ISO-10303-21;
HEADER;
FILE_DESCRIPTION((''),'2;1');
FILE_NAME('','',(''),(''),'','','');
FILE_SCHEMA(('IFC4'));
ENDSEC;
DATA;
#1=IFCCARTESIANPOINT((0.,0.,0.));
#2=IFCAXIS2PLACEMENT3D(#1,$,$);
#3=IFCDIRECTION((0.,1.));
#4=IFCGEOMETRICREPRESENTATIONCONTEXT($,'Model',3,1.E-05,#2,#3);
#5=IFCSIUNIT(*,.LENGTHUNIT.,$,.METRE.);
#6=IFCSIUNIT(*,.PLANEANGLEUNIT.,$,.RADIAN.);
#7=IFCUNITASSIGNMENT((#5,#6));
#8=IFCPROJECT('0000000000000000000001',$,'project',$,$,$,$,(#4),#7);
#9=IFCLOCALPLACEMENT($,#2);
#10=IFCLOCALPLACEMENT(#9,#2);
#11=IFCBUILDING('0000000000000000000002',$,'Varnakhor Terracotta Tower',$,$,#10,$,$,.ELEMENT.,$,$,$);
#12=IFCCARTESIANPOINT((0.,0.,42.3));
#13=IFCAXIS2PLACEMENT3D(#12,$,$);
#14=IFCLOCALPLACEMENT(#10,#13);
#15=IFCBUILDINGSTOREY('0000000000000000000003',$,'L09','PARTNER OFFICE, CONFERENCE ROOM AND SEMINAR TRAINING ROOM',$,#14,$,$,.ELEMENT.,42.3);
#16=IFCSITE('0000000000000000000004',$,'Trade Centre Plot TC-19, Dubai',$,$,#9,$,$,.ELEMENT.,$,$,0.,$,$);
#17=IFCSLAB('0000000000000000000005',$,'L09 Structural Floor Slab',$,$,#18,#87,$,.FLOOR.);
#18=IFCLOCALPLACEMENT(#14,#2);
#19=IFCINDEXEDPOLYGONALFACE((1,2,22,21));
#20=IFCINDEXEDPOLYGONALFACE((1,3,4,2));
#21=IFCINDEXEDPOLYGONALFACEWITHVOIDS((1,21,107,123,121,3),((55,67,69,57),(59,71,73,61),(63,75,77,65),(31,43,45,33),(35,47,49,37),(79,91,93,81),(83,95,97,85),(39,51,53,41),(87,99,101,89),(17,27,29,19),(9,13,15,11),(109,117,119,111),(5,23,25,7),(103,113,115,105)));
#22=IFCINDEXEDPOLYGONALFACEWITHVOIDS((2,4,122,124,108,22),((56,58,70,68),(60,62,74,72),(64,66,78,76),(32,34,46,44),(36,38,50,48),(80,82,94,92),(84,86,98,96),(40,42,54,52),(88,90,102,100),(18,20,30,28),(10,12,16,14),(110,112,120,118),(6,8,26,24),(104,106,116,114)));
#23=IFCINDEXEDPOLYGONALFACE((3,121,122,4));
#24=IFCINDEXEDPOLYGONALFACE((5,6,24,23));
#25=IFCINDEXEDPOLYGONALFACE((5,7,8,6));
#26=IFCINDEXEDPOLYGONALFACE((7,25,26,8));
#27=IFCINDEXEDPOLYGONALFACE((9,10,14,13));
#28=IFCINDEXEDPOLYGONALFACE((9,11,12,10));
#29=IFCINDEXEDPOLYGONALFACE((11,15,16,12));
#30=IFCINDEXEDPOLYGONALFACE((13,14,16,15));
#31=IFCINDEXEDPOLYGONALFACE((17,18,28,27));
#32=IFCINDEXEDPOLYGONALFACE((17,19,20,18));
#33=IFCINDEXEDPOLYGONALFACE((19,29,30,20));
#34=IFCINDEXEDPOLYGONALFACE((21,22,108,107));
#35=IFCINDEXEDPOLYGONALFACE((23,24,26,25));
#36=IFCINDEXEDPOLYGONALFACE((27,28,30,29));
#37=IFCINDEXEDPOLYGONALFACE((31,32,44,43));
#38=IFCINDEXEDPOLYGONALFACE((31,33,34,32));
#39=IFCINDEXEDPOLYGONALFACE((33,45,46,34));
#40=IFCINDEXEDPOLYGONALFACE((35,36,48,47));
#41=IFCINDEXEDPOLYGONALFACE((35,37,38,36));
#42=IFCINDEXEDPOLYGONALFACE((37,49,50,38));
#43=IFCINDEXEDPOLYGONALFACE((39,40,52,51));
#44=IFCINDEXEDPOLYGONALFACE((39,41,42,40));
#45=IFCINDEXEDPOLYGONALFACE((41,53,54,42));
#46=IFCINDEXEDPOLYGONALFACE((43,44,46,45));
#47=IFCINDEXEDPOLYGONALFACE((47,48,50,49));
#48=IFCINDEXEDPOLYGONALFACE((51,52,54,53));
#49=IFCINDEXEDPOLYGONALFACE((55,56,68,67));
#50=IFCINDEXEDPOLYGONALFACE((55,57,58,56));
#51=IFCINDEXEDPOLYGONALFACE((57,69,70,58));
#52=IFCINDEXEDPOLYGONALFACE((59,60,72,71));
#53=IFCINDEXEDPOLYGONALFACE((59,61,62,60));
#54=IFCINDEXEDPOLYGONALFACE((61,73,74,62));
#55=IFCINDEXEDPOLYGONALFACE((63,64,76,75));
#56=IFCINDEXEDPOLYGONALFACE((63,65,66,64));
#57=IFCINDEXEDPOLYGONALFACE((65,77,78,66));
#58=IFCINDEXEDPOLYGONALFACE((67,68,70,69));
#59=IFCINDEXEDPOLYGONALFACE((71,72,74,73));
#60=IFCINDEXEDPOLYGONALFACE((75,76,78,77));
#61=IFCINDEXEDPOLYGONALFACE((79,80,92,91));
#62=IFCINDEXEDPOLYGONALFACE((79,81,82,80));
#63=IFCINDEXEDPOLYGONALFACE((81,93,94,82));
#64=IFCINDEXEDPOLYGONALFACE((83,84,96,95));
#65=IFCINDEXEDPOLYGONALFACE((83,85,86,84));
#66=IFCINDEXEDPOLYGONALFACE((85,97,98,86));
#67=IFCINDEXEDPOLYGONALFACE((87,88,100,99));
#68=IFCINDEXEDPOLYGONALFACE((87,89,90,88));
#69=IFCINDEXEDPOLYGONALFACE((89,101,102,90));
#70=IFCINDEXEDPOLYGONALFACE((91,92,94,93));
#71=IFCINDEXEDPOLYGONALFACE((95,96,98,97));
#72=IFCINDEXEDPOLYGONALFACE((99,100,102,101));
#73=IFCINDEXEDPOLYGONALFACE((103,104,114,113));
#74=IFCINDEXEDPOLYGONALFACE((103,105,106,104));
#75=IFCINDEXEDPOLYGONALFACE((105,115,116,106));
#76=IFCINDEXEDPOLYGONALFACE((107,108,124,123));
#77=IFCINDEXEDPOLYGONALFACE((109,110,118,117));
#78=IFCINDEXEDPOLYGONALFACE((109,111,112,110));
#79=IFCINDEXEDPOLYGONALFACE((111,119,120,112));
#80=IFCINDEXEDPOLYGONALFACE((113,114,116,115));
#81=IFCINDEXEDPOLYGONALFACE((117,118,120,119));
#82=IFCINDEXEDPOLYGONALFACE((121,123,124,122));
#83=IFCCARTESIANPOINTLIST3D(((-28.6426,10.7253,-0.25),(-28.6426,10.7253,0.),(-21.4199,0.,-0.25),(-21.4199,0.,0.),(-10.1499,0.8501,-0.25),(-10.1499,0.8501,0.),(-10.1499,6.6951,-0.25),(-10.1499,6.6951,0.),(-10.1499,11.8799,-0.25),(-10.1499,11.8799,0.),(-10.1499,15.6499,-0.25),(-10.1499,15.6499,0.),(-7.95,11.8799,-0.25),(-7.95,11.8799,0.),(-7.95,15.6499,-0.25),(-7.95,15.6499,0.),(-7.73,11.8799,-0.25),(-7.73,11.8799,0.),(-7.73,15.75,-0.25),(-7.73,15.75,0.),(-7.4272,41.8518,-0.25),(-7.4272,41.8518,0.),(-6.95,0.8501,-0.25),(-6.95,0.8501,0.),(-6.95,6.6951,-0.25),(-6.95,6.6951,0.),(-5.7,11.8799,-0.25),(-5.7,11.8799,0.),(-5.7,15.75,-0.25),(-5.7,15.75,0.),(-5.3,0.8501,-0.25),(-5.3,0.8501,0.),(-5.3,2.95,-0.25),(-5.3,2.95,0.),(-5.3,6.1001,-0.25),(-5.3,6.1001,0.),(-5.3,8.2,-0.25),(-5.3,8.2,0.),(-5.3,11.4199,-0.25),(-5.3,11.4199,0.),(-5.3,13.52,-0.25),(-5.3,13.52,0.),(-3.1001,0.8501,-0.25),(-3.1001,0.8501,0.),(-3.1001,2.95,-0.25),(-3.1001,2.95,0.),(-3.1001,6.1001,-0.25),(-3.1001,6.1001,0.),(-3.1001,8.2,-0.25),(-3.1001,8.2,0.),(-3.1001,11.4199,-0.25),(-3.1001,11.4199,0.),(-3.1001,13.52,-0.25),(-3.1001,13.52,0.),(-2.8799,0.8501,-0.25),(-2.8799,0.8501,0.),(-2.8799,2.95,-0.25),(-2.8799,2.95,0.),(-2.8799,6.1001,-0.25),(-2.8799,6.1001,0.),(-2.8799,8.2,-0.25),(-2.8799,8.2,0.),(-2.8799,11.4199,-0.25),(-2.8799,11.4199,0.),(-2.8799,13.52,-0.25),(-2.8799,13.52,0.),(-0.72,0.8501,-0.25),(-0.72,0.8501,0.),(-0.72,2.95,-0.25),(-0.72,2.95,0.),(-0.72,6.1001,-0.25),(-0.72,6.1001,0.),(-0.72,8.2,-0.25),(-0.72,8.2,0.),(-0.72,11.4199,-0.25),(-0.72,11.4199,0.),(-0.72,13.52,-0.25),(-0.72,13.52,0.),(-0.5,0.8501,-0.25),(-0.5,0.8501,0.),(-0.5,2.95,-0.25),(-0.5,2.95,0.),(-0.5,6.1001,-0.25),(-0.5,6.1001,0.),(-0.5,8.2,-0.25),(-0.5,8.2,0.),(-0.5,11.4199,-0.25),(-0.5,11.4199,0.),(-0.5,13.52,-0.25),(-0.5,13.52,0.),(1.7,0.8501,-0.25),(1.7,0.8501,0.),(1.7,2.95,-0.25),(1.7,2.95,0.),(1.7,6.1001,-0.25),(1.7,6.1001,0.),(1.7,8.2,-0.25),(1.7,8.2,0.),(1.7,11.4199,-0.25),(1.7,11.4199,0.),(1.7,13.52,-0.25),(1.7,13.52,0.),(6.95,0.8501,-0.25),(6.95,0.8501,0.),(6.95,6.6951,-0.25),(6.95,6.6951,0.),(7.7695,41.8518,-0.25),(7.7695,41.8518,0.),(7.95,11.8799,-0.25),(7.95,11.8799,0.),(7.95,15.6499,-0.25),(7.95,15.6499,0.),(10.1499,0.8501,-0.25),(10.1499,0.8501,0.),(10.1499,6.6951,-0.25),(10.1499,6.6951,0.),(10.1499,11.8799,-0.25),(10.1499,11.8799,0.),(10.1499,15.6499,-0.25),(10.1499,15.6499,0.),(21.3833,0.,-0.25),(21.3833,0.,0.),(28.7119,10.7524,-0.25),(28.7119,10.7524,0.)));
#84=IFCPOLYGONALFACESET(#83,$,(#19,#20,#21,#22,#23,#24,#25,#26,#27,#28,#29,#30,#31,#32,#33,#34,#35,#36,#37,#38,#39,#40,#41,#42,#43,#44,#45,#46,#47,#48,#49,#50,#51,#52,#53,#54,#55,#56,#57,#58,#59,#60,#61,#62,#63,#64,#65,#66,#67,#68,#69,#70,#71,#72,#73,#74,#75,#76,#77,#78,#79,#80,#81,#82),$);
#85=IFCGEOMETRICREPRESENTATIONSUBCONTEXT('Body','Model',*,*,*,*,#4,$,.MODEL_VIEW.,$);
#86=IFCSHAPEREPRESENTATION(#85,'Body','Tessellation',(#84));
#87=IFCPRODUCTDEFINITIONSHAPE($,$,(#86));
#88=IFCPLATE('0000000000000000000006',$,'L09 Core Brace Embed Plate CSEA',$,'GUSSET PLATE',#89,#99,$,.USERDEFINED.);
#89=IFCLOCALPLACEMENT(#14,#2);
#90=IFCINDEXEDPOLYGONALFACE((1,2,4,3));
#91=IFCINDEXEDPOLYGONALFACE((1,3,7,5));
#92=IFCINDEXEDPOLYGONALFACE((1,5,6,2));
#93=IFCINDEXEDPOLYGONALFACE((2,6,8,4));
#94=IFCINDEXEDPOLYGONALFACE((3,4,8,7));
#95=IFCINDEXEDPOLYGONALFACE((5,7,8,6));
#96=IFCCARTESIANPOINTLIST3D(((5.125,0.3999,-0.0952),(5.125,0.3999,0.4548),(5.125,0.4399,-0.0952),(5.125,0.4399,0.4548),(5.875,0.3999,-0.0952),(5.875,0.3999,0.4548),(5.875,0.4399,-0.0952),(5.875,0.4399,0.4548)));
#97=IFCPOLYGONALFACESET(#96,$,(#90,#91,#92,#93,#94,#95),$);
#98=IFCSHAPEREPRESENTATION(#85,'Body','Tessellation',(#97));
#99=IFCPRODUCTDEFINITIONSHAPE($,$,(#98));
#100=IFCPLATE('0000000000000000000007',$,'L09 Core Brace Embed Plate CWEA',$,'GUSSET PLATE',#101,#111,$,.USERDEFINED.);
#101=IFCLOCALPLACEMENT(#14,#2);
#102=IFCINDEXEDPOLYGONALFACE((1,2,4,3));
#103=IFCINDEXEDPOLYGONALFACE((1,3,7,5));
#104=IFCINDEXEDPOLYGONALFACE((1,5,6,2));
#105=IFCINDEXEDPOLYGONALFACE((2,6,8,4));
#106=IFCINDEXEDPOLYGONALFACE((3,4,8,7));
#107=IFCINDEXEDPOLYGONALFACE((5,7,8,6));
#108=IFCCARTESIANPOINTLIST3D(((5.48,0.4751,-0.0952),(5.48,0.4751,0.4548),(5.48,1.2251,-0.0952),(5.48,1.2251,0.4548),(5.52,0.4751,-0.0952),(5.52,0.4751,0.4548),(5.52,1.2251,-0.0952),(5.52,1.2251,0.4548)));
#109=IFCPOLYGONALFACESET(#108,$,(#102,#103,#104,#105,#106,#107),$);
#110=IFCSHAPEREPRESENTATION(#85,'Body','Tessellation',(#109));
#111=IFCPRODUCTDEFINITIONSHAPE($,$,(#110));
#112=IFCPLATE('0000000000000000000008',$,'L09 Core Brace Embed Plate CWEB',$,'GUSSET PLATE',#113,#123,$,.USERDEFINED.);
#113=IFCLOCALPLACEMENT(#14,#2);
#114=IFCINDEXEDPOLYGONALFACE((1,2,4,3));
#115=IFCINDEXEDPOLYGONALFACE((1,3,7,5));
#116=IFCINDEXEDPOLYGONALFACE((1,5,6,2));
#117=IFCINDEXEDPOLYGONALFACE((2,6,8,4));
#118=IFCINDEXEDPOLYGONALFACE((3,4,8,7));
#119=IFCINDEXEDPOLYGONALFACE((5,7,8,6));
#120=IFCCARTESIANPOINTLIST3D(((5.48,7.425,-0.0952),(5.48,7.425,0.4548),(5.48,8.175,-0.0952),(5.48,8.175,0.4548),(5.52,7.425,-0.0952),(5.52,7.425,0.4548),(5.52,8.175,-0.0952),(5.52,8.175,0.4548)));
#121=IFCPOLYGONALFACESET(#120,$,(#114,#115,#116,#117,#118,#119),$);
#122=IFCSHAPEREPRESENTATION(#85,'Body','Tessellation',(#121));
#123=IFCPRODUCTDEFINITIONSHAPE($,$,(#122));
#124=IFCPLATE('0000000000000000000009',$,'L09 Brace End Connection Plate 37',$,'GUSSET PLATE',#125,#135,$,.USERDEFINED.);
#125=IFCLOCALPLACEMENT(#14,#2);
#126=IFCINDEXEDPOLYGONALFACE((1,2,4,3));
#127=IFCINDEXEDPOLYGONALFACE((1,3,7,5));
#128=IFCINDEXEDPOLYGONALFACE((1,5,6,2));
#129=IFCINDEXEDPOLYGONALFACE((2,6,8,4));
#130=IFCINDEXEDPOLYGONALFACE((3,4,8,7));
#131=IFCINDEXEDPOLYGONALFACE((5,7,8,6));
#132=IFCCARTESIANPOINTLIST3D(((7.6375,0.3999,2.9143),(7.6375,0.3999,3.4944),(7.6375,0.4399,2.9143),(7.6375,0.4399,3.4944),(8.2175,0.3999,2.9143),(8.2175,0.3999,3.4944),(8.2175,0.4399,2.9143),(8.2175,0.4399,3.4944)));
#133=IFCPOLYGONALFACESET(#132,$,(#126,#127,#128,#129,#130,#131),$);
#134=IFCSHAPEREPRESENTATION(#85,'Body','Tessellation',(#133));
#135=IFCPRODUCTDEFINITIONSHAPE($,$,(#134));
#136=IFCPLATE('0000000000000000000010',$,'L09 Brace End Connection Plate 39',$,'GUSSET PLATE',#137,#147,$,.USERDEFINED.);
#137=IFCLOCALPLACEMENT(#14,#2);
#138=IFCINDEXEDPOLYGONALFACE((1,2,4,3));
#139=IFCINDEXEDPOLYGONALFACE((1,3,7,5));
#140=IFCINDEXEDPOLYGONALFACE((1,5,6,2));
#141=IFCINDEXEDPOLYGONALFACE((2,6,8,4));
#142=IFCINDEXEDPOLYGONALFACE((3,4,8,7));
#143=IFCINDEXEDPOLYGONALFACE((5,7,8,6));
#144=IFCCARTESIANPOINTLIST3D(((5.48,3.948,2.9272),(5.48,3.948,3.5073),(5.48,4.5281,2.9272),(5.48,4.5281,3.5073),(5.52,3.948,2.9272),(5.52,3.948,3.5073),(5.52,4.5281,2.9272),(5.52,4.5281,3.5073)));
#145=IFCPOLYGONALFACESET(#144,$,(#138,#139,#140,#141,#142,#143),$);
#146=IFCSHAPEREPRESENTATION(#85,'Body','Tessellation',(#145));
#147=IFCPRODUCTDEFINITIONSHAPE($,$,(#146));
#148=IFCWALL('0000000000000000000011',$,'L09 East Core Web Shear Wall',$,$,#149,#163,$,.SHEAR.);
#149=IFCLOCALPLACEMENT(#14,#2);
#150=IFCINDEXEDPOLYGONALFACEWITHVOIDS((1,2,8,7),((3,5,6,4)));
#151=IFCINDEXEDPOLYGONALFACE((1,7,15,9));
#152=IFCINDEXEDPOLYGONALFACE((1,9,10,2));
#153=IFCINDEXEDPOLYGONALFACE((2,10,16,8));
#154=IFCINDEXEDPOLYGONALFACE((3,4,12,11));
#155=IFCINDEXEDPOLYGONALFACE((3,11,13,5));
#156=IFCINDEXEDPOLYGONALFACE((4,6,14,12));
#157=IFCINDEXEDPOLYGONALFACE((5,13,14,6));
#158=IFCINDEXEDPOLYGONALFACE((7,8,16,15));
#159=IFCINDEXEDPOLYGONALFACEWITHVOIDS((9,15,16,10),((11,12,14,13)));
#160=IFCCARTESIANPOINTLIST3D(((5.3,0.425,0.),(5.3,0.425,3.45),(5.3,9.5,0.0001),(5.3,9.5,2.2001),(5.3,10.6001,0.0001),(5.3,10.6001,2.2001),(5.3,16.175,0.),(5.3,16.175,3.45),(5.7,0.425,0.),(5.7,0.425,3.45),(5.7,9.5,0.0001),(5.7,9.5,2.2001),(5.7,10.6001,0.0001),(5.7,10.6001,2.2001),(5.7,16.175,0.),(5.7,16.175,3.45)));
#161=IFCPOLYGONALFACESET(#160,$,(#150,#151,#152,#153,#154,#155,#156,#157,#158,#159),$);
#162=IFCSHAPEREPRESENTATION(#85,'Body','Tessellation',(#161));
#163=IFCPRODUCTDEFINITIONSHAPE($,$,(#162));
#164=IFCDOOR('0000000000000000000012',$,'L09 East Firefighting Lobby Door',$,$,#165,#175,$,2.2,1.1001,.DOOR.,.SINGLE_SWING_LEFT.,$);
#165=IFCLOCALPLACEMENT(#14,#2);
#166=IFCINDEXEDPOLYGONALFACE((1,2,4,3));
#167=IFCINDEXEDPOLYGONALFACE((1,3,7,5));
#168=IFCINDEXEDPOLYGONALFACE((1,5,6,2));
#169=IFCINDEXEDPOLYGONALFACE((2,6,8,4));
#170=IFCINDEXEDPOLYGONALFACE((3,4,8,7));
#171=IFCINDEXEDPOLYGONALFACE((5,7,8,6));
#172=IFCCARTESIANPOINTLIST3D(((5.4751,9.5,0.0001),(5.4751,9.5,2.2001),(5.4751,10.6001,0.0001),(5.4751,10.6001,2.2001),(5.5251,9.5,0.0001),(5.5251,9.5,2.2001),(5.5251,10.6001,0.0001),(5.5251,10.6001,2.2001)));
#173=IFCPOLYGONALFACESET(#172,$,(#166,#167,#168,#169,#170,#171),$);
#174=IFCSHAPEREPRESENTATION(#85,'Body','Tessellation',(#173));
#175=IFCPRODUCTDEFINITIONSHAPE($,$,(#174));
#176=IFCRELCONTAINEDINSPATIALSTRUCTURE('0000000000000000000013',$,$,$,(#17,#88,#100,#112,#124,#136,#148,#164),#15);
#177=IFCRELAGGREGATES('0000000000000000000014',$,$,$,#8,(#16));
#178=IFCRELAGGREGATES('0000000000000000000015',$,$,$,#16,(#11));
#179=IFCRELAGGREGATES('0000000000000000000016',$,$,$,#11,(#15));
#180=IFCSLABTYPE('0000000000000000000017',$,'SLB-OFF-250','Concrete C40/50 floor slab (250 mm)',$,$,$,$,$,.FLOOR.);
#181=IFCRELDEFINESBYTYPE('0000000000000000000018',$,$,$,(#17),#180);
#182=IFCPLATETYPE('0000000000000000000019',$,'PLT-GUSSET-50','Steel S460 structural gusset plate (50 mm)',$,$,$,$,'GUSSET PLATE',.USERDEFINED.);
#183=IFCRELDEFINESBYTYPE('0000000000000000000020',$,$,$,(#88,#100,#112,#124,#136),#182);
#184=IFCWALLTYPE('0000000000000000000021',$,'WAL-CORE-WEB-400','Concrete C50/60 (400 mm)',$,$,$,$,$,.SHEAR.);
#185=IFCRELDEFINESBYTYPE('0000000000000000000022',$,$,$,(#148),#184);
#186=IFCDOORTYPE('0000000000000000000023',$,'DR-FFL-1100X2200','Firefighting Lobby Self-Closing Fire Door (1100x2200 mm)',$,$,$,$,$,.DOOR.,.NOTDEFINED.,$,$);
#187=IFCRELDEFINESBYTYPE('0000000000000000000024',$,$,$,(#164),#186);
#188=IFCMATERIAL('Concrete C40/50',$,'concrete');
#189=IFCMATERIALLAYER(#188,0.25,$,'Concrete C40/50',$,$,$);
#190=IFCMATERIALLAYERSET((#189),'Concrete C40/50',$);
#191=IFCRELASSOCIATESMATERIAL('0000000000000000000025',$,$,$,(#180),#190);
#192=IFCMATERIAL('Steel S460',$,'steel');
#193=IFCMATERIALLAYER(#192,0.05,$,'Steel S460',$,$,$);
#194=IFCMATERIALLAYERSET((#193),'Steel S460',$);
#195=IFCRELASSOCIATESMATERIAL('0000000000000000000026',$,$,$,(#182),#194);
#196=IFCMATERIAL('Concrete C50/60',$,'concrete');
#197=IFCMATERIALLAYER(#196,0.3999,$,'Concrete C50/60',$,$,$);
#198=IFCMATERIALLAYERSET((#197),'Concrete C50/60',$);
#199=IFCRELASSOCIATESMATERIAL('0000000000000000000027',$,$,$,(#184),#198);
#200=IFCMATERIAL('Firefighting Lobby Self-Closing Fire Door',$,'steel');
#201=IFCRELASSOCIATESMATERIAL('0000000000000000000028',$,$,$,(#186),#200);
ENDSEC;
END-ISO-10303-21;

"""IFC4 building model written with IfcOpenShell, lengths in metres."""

from ifc_helpers import new_model, si_unit, direction, frame, frame_2d, origin, origin_2d, place, context, subcontext, project, spatial, polyline, rectangle, outline, extrude, source, transform, mapped, material, layer, layer_set, type_object, type_shapes, element, fill, save


model = new_model("IFC4")

# Units and contexts
model_context = context("Model", 3, precision=1e-05, world=origin(), true_north=direction((0.0, 1.0)))
body_context = subcontext(model_context, "Body", "Model", "MODEL_VIEW")
ifc_project = project(units=[si_unit("LENGTHUNIT", "METRE"), si_unit("PLANEANGLEUNIT", "RADIAN")], contexts=[model_context])

# Site, building, storey
site_placement = place(None, origin())
site = spatial("IfcSite", under=ifc_project, at=site_placement, Name="Trade Centre Plot TC-19, Dubai", CompositionType="ELEMENT", RefElevation=0.0)
building_placement = place(site_placement, origin())
building = spatial("IfcBuilding", under=site, at=building_placement, Name="Varnakhor Terracotta Tower", CompositionType="ELEMENT")
storey_placement = place(building_placement, frame((0.0, 0.0, 42.3)))
storey = spatial("IfcBuildingStorey", under=building, at=storey_placement, Name="L09", Description="PARTNER OFFICE, CONFERENCE ROOM AND SEMINAR TRAINING ROOM", CompositionType="ELEMENT", Elevation=42.3)

# Shared definitions
ifc_material_1 = material(Name="Concrete C50/60", Category="concrete")

# Shared definitions
ifc_material_2 = material(Name="Steel S460", Category="steel")

# Shared definitions
ifc_material_3 = material(Name="Concrete C40/50", Category="concrete")

# Slab
ifc_layer_1 = layer(ifc_material_3, 0.25, Name="Concrete C40/50")
ifc_layer_set_1 = layer_set([ifc_layer_1], Name="Concrete C40/50")
slab_type_1 = type_object("IfcSlabType", Name="SLB-OFF-250", Description="Concrete C40/50 floor slab (250 mm)", PredefinedType="FLOOR", material=ifc_layer_set_1)
slab_1_placement = place(storey_placement, frame((0.0, 0.0, -0.25)))
element("IfcSlab", 1, at=slab_1_placement, inside=storey, type_object=slab_type_1, Name="L09 Structural Floor Slab", PredefinedType="FLOOR", context=body_context, shape_type="SweptSolid", body=[
    extrude(outline(polyline([(-28.6426, 10.7253), (-7.4272, 41.8518), (7.7695, 41.8518), (28.7119, 10.7524), (21.3833, 0.0), (-21.4199, 0.0), (-28.6426, 10.7253)]), holes=[polyline([(-3.1001, 0.8501), (-3.1001, 2.95), (-5.3, 2.95), (-5.3, 0.8501), (-3.1001, 0.8501)]), polyline([(-2.8799, 0.8501), (-0.72, 0.8501), (-0.72, 2.95), (-2.8799, 2.95), (-2.8799, 0.8501)]), polyline([(-10.1499, 0.8501), (-6.95, 0.8501), (-6.95, 6.6951), (-10.1499, 6.6951), (-10.1499, 0.8501)]), polyline([(-5.3, 6.1001), (-3.1001, 6.1001), (-3.1001, 8.2), (-5.3, 8.2), (-5.3, 6.1001)]), polyline([(-5.3, 11.4199), (-3.1001, 11.4199), (-3.1001, 13.52), (-5.3, 13.52), (-5.3, 11.4199)]), polyline([(-10.1499, 11.8799), (-7.95, 11.8799), (-7.95, 15.6499), (-10.1499, 15.6499), (-10.1499, 11.8799)]), polyline([(-7.73, 11.8799), (-5.7, 11.8799), (-5.7, 15.75), (-7.73, 15.75), (-7.73, 11.8799)]), polyline([(1.7, 0.8501), (1.7, 2.95), (-0.5, 2.95), (-0.5, 0.8501), (1.7, 0.8501)]), polyline([(6.95, 0.8501), (10.1499, 0.8501), (10.1499, 6.6951), (6.95, 6.6951), (6.95, 0.8501)]), polyline([(-2.8799, 6.1001), (-0.72, 6.1001), (-0.72, 8.2), (-2.8799, 8.2), (-2.8799, 6.1001)]), polyline([(-0.5, 6.1001), (1.7, 6.1001), (1.7, 8.2), (-0.5, 8.2), (-0.5, 6.1001)]), polyline([(-2.8799, 11.4199), (-0.72, 11.4199), (-0.72, 13.52), (-2.8799, 13.52), (-2.8799, 11.4199)]), polyline([(-0.5, 11.4199), (1.7, 11.4199), (1.7, 13.52), (-0.5, 13.52), (-0.5, 11.4199)]), polyline([(7.95, 11.8799), (10.1499, 11.8799), (10.1499, 15.6499), (7.95, 15.6499), (7.95, 11.8799)])]), origin(), (0.0, 0.0, 1.0), 0.25),
])

# Plates
ifc_layer_2 = layer(ifc_material_2, 0.05, Name="Steel S460")
ifc_layer_set_2 = layer_set([ifc_layer_2], Name="Steel S460")
plate_type = type_object("IfcPlateType", Name="PLT-GUSSET-50", Description="Steel S460 structural gusset plate (50 mm)", ElementType="GUSSET PLATE", PredefinedType="USERDEFINED", material=ifc_layer_set_2)
shared_shape_1 = source(origin(), body_context, "Body", "SweptSolid", [
    extrude(rectangle(XDim=0.75, YDim=0.04, at=origin_2d()), origin(), (0.0, 0.0, 1.0), 0.55),
])
type_shapes(plate_type, [shared_shape_1])
for number, where, z_axis, x_axis, name in (
    (2, (5.5, 0.4199, -0.0952), (0.0, 0.0, 1.0), (1.0, 0.0, 0.0), "L09 Core Brace Embed Plate CSEA"),
    (3, (5.5, 0.8501, -0.0952), (0.0, 0.0, 1.0), (0.0, 1.0, 0.0), "L09 Core Brace Embed Plate CWEA"),
    (4, (5.5, 7.8, -0.0952), (0.0, 0.0, 1.0), (0.0, 1.0, 0.0), "L09 Core Brace Embed Plate CWEB"),
):
    element("IfcPlate", number, at=place(storey_placement, frame(where, z_axis=z_axis, x_axis=x_axis)), inside=storey, type_object=plate_type, Name=name, ObjectType="GUSSET PLATE", PredefinedType="USERDEFINED", context=body_context, shape_type="MappedRepresentation", body=[
        mapped(shared_shape_1, transform((0.0, 0.0, 0.0), scale=1.0)),
    ])
shared_shape_2 = source(origin(), body_context, "Body", "SweptSolid", [
    extrude(rectangle(XDim=0.5801, YDim=0.04, at=origin_2d()), origin(), (0.0, 0.0, 1.0), 0.5801),
])
for number, where, z_axis, x_axis, name in (
    (5, (7.9275, 0.4199, 2.9143), (0.0, 0.0, 1.0), (1.0, 0.0, 0.0), "L09 Brace End Connection Plate 37"),
    (6, (5.5, 4.238, 2.9272), (0.0, 0.0, 1.0), (0.0, 1.0, 0.0), "L09 Brace End Connection Plate 39"),
):
    element("IfcPlate", number, at=place(storey_placement, frame(where, z_axis=z_axis, x_axis=x_axis)), inside=storey, type_object=plate_type, Name=name, ObjectType="GUSSET PLATE", PredefinedType="USERDEFINED", context=body_context, shape_type="MappedRepresentation", body=[
        mapped(shared_shape_2, transform((0.0, 0.0, 0.0), scale=1.0)),
    ])

# Wall, opening, door
ifc_layer_3 = layer(ifc_material_1, 0.3999, Name="Concrete C50/60")
ifc_layer_set_3 = layer_set([ifc_layer_3], Name="Concrete C50/60")
wall_type_1 = type_object("IfcWallType", Name="WAL-CORE-WEB-400", Description="Concrete C50/60 (400 mm)", PredefinedType="SHEAR", material=ifc_layer_set_3)
wall_1_placement = place(storey_placement, frame((5.5, 0.425, 0.0), z_axis=(0.0, 0.0, 1.0), x_axis=(0.0, 1.0, 0.0)))
wall_1 = element("IfcWall", 7, at=wall_1_placement, inside=storey, type_object=wall_type_1, Name="L09 East Core Web Shear Wall", PredefinedType="SHEAR", context=body_context, shape_type="SweptSolid", body=[
    extrude(rectangle(XDim=15.75, YDim=0.3999, at=frame_2d((7.875, 0.0))), origin(), (0.0, 0.0, 1.0), 3.45),
])
opening_1_placement = place(wall_1_placement, frame((9.075, 0.0, 0.0)))
opening_1 = element("IfcOpeningElement", 8, at=opening_1_placement, cuts=wall_1, PredefinedType="OPENING", context=body_context, shape_type="SweptSolid", body=[
    extrude(rectangle(XDim=1.1001, YDim=2.2, at=frame_2d((0.55, 1.1001))), frame((0.0, 0.21, 0.0), z_axis=(0.0, -1.0, 0.0), x_axis=(1.0, 0.0, 0.0)), (0.0, 0.0, 1.0), 0.4199),
])
ifc_material_4 = material(Name="Firefighting Lobby Self-Closing Fire Door", Category="steel")
door_type_1 = type_object("IfcDoorType", Name="DR-FFL-1100X2200", Description="Firefighting Lobby Self-Closing Fire Door (1100x2200 mm)", OperationType="NOTDEFINED", PredefinedType="DOOR", material=ifc_material_4)
shared_shape_3 = source(origin(), body_context, "Body", "SweptSolid", [
    extrude(rectangle(XDim=1.1001, YDim=2.2, at=frame_2d((0.55, 1.1001))), frame((0.0, 0.0249, 0.0), z_axis=(0.0, -1.0, 0.0), x_axis=(1.0, 0.0, 0.0)), (0.0, 0.0, 1.0), 0.05),
])
type_shapes(door_type_1, [shared_shape_3])
door_1_placement = place(opening_1_placement, origin())
door_1 = element("IfcDoor", 9, at=door_1_placement, inside=storey, type_object=door_type_1, Name="L09 East Firefighting Lobby Door", OperationType="SINGLE_SWING_LEFT", OverallHeight=2.2, OverallWidth=1.1001, PredefinedType="DOOR", context=body_context, shape_type="MappedRepresentation", body=[
    mapped(shared_shape_3, transform((0.0, 0.0, 0.0), scale=1.0)),
])
fill(opening_1, door_1)

save(model, "model.ifc")
